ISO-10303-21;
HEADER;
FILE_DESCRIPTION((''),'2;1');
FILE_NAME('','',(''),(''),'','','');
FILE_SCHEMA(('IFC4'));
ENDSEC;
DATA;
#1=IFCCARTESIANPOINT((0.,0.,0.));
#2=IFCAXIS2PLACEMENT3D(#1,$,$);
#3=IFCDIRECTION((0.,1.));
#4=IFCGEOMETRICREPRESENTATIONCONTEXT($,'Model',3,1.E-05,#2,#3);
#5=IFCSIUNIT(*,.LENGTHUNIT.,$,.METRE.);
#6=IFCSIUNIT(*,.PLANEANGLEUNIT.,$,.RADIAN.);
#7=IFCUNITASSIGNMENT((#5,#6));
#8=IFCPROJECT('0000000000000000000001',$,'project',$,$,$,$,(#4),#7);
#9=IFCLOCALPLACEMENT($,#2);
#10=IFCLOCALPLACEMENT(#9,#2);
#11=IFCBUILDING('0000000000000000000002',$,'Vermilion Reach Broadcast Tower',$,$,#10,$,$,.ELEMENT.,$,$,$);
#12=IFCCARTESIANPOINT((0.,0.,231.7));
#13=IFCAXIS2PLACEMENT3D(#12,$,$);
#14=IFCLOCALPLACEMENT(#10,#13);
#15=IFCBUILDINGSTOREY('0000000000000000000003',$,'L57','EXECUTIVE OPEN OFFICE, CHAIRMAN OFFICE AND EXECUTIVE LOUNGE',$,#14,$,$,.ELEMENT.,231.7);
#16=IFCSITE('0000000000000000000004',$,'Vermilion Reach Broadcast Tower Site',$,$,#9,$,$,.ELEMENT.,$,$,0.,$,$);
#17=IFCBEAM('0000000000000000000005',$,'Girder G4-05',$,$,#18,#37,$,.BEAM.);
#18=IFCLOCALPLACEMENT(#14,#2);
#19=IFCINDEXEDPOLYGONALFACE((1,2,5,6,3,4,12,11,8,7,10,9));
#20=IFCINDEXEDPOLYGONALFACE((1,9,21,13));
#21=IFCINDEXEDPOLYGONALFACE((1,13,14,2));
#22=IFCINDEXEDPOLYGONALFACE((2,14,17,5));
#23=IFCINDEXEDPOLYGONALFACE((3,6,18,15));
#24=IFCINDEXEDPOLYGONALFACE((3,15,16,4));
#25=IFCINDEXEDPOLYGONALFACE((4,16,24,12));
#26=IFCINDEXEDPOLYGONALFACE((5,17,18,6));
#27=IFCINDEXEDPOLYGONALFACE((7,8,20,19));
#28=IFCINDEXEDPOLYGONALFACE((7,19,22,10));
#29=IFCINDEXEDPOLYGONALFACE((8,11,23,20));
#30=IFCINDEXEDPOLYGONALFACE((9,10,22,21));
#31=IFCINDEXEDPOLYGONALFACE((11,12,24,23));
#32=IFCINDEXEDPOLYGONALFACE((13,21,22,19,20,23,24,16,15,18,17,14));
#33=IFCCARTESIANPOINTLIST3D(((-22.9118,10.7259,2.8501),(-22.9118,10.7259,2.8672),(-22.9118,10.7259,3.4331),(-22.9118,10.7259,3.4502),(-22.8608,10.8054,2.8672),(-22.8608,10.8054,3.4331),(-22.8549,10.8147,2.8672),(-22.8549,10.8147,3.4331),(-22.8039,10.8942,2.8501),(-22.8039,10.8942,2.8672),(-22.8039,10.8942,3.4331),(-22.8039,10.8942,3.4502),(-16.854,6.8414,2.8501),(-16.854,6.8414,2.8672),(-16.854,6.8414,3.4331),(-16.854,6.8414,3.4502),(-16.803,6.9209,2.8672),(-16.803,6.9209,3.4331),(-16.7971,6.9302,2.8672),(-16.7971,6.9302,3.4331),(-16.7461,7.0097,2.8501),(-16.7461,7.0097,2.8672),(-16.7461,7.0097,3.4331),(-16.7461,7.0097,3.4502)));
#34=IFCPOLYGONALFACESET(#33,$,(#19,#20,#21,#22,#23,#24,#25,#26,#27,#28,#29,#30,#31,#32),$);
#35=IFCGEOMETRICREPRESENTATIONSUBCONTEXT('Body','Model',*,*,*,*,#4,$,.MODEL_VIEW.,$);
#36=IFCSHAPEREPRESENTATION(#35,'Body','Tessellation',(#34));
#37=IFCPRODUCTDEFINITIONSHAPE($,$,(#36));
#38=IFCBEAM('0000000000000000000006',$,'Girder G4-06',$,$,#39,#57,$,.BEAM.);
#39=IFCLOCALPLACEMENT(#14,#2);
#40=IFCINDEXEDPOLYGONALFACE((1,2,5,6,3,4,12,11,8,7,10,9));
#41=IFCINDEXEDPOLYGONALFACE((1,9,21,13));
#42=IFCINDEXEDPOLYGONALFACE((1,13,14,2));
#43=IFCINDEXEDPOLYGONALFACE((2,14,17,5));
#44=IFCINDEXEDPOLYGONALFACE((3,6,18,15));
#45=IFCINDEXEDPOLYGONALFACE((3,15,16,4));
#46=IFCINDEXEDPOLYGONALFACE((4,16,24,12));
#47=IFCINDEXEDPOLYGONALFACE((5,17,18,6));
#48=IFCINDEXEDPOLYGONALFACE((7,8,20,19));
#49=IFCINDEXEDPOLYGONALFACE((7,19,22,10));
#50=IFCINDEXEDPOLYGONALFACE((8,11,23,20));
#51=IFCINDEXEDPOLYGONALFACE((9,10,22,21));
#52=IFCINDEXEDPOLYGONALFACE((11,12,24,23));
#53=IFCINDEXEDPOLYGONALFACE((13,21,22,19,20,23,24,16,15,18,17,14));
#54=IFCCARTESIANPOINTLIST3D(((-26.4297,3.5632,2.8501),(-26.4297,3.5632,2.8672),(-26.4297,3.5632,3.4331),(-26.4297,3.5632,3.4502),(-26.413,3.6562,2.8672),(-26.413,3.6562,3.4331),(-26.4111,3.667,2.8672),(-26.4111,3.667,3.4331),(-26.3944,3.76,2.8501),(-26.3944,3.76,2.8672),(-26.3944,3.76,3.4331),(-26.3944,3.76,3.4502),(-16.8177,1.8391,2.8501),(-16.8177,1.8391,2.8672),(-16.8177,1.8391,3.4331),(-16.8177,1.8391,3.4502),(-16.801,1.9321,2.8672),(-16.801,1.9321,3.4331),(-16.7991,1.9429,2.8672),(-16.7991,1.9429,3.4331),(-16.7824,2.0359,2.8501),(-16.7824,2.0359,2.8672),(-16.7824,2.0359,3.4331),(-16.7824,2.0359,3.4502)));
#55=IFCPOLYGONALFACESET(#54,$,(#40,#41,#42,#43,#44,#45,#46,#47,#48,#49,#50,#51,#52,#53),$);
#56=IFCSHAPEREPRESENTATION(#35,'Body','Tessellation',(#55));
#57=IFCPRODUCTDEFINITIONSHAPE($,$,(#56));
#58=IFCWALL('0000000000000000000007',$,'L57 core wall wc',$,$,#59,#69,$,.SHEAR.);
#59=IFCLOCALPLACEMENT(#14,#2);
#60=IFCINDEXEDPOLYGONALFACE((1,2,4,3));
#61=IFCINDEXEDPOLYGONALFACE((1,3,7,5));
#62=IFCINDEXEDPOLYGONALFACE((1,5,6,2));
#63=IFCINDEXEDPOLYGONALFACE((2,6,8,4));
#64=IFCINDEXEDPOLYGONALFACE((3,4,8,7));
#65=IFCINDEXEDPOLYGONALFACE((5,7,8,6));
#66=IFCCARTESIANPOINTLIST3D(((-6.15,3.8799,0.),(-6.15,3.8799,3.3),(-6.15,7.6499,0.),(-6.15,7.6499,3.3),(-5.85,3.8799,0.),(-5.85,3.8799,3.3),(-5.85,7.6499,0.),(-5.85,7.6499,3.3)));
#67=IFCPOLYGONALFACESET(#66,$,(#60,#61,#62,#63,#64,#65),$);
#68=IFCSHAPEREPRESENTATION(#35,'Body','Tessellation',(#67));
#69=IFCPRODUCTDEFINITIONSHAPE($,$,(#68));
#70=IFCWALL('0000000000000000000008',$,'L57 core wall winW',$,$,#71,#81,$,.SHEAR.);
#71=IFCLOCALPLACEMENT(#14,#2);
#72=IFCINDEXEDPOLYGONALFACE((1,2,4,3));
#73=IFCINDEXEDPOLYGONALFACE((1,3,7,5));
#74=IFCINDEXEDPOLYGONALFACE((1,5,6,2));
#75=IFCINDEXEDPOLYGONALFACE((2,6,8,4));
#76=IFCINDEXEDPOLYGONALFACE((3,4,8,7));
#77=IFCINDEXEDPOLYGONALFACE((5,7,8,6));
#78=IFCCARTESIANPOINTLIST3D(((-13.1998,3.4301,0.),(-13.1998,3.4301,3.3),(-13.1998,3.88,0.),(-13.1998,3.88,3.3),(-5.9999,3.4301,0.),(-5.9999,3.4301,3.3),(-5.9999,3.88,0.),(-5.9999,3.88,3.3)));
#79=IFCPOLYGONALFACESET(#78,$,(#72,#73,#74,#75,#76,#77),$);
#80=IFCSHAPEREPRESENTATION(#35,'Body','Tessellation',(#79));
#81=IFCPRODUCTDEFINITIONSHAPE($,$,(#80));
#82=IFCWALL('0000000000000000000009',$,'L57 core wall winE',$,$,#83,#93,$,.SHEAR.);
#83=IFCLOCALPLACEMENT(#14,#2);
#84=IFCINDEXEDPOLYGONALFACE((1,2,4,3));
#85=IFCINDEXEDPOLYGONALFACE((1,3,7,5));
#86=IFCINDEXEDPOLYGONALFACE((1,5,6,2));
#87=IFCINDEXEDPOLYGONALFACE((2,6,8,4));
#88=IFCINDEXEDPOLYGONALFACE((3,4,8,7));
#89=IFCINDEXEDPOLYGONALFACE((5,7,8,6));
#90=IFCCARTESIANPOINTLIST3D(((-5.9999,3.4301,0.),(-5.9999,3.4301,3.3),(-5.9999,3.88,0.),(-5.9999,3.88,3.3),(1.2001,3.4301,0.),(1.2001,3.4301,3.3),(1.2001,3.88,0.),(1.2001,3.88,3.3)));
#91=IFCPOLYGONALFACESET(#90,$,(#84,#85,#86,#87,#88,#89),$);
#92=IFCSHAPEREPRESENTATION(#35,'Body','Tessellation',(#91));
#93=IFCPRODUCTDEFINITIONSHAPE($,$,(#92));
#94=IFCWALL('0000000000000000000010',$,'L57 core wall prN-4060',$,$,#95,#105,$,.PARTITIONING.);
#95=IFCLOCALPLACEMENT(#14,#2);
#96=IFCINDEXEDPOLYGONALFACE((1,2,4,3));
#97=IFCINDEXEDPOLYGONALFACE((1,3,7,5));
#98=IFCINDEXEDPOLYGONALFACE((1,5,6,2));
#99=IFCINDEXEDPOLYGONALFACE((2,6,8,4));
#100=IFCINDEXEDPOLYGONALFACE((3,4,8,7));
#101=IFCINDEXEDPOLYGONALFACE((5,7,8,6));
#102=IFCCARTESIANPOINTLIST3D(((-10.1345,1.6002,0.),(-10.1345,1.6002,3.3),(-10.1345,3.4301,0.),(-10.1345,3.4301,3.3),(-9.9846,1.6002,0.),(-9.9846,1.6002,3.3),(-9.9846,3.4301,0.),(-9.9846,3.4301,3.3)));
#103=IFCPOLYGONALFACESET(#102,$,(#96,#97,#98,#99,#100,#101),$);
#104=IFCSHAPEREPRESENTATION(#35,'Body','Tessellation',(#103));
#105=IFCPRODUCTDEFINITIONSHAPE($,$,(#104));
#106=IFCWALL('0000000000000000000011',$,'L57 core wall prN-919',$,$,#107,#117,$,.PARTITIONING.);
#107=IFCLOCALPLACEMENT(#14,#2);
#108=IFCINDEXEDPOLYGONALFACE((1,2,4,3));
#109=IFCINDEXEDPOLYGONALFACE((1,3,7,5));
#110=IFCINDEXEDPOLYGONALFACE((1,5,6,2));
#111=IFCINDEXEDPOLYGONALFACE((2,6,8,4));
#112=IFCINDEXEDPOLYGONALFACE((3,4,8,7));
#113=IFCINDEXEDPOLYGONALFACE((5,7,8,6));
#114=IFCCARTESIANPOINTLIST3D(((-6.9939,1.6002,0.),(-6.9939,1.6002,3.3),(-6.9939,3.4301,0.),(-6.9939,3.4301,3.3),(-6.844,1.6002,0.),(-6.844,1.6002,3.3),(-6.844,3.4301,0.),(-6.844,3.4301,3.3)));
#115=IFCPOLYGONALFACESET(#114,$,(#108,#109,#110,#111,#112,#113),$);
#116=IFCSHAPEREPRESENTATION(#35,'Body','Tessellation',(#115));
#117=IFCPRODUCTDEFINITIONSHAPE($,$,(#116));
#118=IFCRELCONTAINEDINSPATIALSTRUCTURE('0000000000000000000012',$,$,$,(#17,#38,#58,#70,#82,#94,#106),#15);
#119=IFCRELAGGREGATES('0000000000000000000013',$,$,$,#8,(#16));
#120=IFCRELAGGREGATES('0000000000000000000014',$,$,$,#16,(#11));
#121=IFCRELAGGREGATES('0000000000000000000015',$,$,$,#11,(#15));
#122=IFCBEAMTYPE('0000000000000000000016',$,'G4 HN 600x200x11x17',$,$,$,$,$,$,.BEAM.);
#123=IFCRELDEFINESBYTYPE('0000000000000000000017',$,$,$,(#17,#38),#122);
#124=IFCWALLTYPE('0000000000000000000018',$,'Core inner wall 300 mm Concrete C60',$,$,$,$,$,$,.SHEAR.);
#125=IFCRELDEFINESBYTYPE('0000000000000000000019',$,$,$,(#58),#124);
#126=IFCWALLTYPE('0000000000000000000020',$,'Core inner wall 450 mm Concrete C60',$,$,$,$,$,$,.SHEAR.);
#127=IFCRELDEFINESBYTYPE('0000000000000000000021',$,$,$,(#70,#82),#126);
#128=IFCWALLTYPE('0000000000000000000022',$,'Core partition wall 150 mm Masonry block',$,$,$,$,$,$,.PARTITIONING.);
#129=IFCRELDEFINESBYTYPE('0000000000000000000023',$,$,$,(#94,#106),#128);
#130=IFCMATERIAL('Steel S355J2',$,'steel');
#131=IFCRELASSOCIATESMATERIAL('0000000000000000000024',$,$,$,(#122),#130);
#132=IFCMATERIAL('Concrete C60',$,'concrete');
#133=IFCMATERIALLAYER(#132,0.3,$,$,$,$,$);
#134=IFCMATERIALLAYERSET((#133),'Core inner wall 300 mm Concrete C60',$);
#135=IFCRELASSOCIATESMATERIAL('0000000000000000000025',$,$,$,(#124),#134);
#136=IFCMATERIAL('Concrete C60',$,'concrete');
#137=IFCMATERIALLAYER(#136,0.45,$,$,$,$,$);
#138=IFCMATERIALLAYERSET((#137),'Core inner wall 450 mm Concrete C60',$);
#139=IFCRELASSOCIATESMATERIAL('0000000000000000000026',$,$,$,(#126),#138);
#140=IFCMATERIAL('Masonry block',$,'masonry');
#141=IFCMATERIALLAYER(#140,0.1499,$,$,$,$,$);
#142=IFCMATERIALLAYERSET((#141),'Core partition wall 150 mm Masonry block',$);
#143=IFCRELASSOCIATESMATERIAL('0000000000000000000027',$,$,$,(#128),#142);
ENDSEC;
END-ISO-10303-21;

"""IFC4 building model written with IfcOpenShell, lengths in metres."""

from ifc_helpers import new_model, si_unit, direction, frame, frame_2d, origin, origin_2d, place, context, subcontext, project, spatial, rectangle, i_section, extrude, material, layer, layer_set, material_profile, profile_set, type_object, element, save


model = new_model("IFC4")

# Units and contexts
model_context = context("Model", 3, precision=1e-05, world=origin(), true_north=direction((0.0, 1.0)))
body_context = subcontext(model_context, "Body", "Model", "MODEL_VIEW")
ifc_project = project(units=[si_unit("LENGTHUNIT", "METRE"), si_unit("PLANEANGLEUNIT", "RADIAN")], contexts=[model_context])

# Site, building, storey
site_placement = place(None, origin())
site = spatial("IfcSite", under=ifc_project, at=site_placement, Name="Vermilion Reach Broadcast Tower Site", CompositionType="ELEMENT", RefElevation=0.0)
building_placement = place(site_placement, origin())
building = spatial("IfcBuilding", under=site, at=building_placement, Name="Vermilion Reach Broadcast Tower", CompositionType="ELEMENT")
storey_placement = place(building_placement, frame((0.0, 0.0, 231.7)))
storey = spatial("IfcBuildingStorey", under=building, at=storey_placement, Name="L57", Description="EXECUTIVE OPEN OFFICE, CHAIRMAN OFFICE AND EXECUTIVE LOUNGE", CompositionType="ELEMENT", Elevation=231.7)

# Beams
ifc_material_1 = material(Name="Steel S355J2", Category="steel")
ifc_material_profile = material_profile(ifc_material_1, i_section(OverallWidth=0.2, OverallDepth=0.6001, WebThickness=0.011, FlangeThickness=0.0171, at=origin_2d()), Name="S355J2 HN 600x200x11x17")
ifc_profile_set = profile_set([ifc_material_profile], Name="Steel S355J2")
beam_type = type_object("IfcBeamType", Name="G4 HN 600x200x11x17", PredefinedType="BEAM", material=ifc_profile_set)
beam_1_placement = place(storey_placement, frame((-16.8, 6.9255, 3.1501), z_axis=(-0.841799, 0.539792, 0.0), x_axis=(-0.539792, -0.841799, 0.0)))
element("IfcBeam", 1, at=beam_1_placement, inside=storey, type_object=beam_type, Name="Girder G4-05", PredefinedType="BEAM", context=body_context, shape_type="SweptSolid", body=[
    extrude(i_section(OverallWidth=0.2, OverallDepth=0.6001, WebThickness=0.011, FlangeThickness=0.0171, at=origin_2d()), origin(), (0.0, 0.0, 1.0), 7.1963),
])
beam_2_placement = place(storey_placement, frame((-16.8, 1.9375, 3.1501), z_axis=(-0.984291, 0.176553, 0.0), x_axis=(-0.176553, -0.984291, 0.0)))
element("IfcBeam", 2, at=beam_2_placement, inside=storey, type_object=beam_type, Name="Girder G4-06", PredefinedType="BEAM", context=body_context, shape_type="SweptSolid", body=[
    extrude(i_section(OverallWidth=0.2, OverallDepth=0.6001, WebThickness=0.011, FlangeThickness=0.0171, at=origin_2d()), origin(), (0.0, 0.0, 1.0), 9.7654),
])

# Walls
ifc_material_2 = material(Name="Concrete C60", Category="concrete")
ifc_layer_1 = layer(ifc_material_2, 0.3)
ifc_layer_set_1 = layer_set([ifc_layer_1], Name="Core inner wall 300 mm Concrete C60")
wall_type_1 = type_object("IfcWallType", Name="Core inner wall 300 mm Concrete C60", PredefinedType="SHEAR", material=ifc_layer_set_1)
wall_1_placement = place(storey_placement, frame((-6.0, 3.8799, 0.0), z_axis=(0.0, 0.0, 1.0), x_axis=(0.0, 1.0, 0.0)))
element("IfcWall", 3, at=wall_1_placement, inside=storey, type_object=wall_type_1, Name="L57 core wall wc", PredefinedType="SHEAR", context=body_context, shape_type="SweptSolid", body=[
    extrude(rectangle(XDim=3.77, YDim=0.3, at=frame_2d((1.885, 0.0))), origin(), (0.0, 0.0, 1.0), 3.3),
])
ifc_material_3 = material(Name="Concrete C60", Category="concrete")
ifc_layer_2 = layer(ifc_material_3, 0.45)
ifc_layer_set_2 = layer_set([ifc_layer_2], Name="Core inner wall 450 mm Concrete C60")
wall_type_2 = type_object("IfcWallType", Name="Core inner wall 450 mm Concrete C60", PredefinedType="SHEAR", material=ifc_layer_set_2)
for number, where, z_axis, x_axis, name in (
    (4, (-13.2, 3.655, 0.0), (0.0, 0.0, 1.0), (1.0, 0.0, 0.0), "L57 core wall winW"),
    (5, (-6.0, 3.655, 0.0), (0.0, 0.0, 1.0), (1.0, 0.0, 0.0), "L57 core wall winE"),
):
    element("IfcWall", number, at=place(storey_placement, frame(where, z_axis=z_axis, x_axis=x_axis)), inside=storey, type_object=wall_type_2, Name=name, PredefinedType="SHEAR", context=body_context, shape_type="SweptSolid", body=[
        extrude(rectangle(XDim=7.2, YDim=0.45, at=frame_2d((3.6001, 0.0))), origin(), (0.0, 0.0, 1.0), 3.3),
    ])
ifc_material_4 = material(Name="Masonry block", Category="masonry")
ifc_layer_3 = layer(ifc_material_4, 0.1499)
ifc_layer_set_3 = layer_set([ifc_layer_3], Name="Core partition wall 150 mm Masonry block")
wall_type_3 = type_object("IfcWallType", Name="Core partition wall 150 mm Masonry block", PredefinedType="PARTITIONING", material=ifc_layer_set_3)
for number, where, z_axis, x_axis, name in (
    (6, (-10.0596, 1.6001, 0.0), (0.0, 0.0, 1.0), (0.0, 1.0, 0.0), "L57 core wall prN-4060"),
    (7, (-6.9189, 1.6001, 0.0), (0.0, 0.0, 1.0), (0.0, 1.0, 0.0), "L57 core wall prN-919"),
):
    element("IfcWall", number, at=place(storey_placement, frame(where, z_axis=z_axis, x_axis=x_axis)), inside=storey, type_object=wall_type_3, Name=name, PredefinedType="PARTITIONING", context=body_context, shape_type="SweptSolid", body=[
        extrude(rectangle(XDim=1.8298, YDim=0.1499, at=frame_2d((0.915, 0.0))), origin(), (0.0, 0.0, 1.0), 3.3),
    ])

save(model, "model.ifc")
